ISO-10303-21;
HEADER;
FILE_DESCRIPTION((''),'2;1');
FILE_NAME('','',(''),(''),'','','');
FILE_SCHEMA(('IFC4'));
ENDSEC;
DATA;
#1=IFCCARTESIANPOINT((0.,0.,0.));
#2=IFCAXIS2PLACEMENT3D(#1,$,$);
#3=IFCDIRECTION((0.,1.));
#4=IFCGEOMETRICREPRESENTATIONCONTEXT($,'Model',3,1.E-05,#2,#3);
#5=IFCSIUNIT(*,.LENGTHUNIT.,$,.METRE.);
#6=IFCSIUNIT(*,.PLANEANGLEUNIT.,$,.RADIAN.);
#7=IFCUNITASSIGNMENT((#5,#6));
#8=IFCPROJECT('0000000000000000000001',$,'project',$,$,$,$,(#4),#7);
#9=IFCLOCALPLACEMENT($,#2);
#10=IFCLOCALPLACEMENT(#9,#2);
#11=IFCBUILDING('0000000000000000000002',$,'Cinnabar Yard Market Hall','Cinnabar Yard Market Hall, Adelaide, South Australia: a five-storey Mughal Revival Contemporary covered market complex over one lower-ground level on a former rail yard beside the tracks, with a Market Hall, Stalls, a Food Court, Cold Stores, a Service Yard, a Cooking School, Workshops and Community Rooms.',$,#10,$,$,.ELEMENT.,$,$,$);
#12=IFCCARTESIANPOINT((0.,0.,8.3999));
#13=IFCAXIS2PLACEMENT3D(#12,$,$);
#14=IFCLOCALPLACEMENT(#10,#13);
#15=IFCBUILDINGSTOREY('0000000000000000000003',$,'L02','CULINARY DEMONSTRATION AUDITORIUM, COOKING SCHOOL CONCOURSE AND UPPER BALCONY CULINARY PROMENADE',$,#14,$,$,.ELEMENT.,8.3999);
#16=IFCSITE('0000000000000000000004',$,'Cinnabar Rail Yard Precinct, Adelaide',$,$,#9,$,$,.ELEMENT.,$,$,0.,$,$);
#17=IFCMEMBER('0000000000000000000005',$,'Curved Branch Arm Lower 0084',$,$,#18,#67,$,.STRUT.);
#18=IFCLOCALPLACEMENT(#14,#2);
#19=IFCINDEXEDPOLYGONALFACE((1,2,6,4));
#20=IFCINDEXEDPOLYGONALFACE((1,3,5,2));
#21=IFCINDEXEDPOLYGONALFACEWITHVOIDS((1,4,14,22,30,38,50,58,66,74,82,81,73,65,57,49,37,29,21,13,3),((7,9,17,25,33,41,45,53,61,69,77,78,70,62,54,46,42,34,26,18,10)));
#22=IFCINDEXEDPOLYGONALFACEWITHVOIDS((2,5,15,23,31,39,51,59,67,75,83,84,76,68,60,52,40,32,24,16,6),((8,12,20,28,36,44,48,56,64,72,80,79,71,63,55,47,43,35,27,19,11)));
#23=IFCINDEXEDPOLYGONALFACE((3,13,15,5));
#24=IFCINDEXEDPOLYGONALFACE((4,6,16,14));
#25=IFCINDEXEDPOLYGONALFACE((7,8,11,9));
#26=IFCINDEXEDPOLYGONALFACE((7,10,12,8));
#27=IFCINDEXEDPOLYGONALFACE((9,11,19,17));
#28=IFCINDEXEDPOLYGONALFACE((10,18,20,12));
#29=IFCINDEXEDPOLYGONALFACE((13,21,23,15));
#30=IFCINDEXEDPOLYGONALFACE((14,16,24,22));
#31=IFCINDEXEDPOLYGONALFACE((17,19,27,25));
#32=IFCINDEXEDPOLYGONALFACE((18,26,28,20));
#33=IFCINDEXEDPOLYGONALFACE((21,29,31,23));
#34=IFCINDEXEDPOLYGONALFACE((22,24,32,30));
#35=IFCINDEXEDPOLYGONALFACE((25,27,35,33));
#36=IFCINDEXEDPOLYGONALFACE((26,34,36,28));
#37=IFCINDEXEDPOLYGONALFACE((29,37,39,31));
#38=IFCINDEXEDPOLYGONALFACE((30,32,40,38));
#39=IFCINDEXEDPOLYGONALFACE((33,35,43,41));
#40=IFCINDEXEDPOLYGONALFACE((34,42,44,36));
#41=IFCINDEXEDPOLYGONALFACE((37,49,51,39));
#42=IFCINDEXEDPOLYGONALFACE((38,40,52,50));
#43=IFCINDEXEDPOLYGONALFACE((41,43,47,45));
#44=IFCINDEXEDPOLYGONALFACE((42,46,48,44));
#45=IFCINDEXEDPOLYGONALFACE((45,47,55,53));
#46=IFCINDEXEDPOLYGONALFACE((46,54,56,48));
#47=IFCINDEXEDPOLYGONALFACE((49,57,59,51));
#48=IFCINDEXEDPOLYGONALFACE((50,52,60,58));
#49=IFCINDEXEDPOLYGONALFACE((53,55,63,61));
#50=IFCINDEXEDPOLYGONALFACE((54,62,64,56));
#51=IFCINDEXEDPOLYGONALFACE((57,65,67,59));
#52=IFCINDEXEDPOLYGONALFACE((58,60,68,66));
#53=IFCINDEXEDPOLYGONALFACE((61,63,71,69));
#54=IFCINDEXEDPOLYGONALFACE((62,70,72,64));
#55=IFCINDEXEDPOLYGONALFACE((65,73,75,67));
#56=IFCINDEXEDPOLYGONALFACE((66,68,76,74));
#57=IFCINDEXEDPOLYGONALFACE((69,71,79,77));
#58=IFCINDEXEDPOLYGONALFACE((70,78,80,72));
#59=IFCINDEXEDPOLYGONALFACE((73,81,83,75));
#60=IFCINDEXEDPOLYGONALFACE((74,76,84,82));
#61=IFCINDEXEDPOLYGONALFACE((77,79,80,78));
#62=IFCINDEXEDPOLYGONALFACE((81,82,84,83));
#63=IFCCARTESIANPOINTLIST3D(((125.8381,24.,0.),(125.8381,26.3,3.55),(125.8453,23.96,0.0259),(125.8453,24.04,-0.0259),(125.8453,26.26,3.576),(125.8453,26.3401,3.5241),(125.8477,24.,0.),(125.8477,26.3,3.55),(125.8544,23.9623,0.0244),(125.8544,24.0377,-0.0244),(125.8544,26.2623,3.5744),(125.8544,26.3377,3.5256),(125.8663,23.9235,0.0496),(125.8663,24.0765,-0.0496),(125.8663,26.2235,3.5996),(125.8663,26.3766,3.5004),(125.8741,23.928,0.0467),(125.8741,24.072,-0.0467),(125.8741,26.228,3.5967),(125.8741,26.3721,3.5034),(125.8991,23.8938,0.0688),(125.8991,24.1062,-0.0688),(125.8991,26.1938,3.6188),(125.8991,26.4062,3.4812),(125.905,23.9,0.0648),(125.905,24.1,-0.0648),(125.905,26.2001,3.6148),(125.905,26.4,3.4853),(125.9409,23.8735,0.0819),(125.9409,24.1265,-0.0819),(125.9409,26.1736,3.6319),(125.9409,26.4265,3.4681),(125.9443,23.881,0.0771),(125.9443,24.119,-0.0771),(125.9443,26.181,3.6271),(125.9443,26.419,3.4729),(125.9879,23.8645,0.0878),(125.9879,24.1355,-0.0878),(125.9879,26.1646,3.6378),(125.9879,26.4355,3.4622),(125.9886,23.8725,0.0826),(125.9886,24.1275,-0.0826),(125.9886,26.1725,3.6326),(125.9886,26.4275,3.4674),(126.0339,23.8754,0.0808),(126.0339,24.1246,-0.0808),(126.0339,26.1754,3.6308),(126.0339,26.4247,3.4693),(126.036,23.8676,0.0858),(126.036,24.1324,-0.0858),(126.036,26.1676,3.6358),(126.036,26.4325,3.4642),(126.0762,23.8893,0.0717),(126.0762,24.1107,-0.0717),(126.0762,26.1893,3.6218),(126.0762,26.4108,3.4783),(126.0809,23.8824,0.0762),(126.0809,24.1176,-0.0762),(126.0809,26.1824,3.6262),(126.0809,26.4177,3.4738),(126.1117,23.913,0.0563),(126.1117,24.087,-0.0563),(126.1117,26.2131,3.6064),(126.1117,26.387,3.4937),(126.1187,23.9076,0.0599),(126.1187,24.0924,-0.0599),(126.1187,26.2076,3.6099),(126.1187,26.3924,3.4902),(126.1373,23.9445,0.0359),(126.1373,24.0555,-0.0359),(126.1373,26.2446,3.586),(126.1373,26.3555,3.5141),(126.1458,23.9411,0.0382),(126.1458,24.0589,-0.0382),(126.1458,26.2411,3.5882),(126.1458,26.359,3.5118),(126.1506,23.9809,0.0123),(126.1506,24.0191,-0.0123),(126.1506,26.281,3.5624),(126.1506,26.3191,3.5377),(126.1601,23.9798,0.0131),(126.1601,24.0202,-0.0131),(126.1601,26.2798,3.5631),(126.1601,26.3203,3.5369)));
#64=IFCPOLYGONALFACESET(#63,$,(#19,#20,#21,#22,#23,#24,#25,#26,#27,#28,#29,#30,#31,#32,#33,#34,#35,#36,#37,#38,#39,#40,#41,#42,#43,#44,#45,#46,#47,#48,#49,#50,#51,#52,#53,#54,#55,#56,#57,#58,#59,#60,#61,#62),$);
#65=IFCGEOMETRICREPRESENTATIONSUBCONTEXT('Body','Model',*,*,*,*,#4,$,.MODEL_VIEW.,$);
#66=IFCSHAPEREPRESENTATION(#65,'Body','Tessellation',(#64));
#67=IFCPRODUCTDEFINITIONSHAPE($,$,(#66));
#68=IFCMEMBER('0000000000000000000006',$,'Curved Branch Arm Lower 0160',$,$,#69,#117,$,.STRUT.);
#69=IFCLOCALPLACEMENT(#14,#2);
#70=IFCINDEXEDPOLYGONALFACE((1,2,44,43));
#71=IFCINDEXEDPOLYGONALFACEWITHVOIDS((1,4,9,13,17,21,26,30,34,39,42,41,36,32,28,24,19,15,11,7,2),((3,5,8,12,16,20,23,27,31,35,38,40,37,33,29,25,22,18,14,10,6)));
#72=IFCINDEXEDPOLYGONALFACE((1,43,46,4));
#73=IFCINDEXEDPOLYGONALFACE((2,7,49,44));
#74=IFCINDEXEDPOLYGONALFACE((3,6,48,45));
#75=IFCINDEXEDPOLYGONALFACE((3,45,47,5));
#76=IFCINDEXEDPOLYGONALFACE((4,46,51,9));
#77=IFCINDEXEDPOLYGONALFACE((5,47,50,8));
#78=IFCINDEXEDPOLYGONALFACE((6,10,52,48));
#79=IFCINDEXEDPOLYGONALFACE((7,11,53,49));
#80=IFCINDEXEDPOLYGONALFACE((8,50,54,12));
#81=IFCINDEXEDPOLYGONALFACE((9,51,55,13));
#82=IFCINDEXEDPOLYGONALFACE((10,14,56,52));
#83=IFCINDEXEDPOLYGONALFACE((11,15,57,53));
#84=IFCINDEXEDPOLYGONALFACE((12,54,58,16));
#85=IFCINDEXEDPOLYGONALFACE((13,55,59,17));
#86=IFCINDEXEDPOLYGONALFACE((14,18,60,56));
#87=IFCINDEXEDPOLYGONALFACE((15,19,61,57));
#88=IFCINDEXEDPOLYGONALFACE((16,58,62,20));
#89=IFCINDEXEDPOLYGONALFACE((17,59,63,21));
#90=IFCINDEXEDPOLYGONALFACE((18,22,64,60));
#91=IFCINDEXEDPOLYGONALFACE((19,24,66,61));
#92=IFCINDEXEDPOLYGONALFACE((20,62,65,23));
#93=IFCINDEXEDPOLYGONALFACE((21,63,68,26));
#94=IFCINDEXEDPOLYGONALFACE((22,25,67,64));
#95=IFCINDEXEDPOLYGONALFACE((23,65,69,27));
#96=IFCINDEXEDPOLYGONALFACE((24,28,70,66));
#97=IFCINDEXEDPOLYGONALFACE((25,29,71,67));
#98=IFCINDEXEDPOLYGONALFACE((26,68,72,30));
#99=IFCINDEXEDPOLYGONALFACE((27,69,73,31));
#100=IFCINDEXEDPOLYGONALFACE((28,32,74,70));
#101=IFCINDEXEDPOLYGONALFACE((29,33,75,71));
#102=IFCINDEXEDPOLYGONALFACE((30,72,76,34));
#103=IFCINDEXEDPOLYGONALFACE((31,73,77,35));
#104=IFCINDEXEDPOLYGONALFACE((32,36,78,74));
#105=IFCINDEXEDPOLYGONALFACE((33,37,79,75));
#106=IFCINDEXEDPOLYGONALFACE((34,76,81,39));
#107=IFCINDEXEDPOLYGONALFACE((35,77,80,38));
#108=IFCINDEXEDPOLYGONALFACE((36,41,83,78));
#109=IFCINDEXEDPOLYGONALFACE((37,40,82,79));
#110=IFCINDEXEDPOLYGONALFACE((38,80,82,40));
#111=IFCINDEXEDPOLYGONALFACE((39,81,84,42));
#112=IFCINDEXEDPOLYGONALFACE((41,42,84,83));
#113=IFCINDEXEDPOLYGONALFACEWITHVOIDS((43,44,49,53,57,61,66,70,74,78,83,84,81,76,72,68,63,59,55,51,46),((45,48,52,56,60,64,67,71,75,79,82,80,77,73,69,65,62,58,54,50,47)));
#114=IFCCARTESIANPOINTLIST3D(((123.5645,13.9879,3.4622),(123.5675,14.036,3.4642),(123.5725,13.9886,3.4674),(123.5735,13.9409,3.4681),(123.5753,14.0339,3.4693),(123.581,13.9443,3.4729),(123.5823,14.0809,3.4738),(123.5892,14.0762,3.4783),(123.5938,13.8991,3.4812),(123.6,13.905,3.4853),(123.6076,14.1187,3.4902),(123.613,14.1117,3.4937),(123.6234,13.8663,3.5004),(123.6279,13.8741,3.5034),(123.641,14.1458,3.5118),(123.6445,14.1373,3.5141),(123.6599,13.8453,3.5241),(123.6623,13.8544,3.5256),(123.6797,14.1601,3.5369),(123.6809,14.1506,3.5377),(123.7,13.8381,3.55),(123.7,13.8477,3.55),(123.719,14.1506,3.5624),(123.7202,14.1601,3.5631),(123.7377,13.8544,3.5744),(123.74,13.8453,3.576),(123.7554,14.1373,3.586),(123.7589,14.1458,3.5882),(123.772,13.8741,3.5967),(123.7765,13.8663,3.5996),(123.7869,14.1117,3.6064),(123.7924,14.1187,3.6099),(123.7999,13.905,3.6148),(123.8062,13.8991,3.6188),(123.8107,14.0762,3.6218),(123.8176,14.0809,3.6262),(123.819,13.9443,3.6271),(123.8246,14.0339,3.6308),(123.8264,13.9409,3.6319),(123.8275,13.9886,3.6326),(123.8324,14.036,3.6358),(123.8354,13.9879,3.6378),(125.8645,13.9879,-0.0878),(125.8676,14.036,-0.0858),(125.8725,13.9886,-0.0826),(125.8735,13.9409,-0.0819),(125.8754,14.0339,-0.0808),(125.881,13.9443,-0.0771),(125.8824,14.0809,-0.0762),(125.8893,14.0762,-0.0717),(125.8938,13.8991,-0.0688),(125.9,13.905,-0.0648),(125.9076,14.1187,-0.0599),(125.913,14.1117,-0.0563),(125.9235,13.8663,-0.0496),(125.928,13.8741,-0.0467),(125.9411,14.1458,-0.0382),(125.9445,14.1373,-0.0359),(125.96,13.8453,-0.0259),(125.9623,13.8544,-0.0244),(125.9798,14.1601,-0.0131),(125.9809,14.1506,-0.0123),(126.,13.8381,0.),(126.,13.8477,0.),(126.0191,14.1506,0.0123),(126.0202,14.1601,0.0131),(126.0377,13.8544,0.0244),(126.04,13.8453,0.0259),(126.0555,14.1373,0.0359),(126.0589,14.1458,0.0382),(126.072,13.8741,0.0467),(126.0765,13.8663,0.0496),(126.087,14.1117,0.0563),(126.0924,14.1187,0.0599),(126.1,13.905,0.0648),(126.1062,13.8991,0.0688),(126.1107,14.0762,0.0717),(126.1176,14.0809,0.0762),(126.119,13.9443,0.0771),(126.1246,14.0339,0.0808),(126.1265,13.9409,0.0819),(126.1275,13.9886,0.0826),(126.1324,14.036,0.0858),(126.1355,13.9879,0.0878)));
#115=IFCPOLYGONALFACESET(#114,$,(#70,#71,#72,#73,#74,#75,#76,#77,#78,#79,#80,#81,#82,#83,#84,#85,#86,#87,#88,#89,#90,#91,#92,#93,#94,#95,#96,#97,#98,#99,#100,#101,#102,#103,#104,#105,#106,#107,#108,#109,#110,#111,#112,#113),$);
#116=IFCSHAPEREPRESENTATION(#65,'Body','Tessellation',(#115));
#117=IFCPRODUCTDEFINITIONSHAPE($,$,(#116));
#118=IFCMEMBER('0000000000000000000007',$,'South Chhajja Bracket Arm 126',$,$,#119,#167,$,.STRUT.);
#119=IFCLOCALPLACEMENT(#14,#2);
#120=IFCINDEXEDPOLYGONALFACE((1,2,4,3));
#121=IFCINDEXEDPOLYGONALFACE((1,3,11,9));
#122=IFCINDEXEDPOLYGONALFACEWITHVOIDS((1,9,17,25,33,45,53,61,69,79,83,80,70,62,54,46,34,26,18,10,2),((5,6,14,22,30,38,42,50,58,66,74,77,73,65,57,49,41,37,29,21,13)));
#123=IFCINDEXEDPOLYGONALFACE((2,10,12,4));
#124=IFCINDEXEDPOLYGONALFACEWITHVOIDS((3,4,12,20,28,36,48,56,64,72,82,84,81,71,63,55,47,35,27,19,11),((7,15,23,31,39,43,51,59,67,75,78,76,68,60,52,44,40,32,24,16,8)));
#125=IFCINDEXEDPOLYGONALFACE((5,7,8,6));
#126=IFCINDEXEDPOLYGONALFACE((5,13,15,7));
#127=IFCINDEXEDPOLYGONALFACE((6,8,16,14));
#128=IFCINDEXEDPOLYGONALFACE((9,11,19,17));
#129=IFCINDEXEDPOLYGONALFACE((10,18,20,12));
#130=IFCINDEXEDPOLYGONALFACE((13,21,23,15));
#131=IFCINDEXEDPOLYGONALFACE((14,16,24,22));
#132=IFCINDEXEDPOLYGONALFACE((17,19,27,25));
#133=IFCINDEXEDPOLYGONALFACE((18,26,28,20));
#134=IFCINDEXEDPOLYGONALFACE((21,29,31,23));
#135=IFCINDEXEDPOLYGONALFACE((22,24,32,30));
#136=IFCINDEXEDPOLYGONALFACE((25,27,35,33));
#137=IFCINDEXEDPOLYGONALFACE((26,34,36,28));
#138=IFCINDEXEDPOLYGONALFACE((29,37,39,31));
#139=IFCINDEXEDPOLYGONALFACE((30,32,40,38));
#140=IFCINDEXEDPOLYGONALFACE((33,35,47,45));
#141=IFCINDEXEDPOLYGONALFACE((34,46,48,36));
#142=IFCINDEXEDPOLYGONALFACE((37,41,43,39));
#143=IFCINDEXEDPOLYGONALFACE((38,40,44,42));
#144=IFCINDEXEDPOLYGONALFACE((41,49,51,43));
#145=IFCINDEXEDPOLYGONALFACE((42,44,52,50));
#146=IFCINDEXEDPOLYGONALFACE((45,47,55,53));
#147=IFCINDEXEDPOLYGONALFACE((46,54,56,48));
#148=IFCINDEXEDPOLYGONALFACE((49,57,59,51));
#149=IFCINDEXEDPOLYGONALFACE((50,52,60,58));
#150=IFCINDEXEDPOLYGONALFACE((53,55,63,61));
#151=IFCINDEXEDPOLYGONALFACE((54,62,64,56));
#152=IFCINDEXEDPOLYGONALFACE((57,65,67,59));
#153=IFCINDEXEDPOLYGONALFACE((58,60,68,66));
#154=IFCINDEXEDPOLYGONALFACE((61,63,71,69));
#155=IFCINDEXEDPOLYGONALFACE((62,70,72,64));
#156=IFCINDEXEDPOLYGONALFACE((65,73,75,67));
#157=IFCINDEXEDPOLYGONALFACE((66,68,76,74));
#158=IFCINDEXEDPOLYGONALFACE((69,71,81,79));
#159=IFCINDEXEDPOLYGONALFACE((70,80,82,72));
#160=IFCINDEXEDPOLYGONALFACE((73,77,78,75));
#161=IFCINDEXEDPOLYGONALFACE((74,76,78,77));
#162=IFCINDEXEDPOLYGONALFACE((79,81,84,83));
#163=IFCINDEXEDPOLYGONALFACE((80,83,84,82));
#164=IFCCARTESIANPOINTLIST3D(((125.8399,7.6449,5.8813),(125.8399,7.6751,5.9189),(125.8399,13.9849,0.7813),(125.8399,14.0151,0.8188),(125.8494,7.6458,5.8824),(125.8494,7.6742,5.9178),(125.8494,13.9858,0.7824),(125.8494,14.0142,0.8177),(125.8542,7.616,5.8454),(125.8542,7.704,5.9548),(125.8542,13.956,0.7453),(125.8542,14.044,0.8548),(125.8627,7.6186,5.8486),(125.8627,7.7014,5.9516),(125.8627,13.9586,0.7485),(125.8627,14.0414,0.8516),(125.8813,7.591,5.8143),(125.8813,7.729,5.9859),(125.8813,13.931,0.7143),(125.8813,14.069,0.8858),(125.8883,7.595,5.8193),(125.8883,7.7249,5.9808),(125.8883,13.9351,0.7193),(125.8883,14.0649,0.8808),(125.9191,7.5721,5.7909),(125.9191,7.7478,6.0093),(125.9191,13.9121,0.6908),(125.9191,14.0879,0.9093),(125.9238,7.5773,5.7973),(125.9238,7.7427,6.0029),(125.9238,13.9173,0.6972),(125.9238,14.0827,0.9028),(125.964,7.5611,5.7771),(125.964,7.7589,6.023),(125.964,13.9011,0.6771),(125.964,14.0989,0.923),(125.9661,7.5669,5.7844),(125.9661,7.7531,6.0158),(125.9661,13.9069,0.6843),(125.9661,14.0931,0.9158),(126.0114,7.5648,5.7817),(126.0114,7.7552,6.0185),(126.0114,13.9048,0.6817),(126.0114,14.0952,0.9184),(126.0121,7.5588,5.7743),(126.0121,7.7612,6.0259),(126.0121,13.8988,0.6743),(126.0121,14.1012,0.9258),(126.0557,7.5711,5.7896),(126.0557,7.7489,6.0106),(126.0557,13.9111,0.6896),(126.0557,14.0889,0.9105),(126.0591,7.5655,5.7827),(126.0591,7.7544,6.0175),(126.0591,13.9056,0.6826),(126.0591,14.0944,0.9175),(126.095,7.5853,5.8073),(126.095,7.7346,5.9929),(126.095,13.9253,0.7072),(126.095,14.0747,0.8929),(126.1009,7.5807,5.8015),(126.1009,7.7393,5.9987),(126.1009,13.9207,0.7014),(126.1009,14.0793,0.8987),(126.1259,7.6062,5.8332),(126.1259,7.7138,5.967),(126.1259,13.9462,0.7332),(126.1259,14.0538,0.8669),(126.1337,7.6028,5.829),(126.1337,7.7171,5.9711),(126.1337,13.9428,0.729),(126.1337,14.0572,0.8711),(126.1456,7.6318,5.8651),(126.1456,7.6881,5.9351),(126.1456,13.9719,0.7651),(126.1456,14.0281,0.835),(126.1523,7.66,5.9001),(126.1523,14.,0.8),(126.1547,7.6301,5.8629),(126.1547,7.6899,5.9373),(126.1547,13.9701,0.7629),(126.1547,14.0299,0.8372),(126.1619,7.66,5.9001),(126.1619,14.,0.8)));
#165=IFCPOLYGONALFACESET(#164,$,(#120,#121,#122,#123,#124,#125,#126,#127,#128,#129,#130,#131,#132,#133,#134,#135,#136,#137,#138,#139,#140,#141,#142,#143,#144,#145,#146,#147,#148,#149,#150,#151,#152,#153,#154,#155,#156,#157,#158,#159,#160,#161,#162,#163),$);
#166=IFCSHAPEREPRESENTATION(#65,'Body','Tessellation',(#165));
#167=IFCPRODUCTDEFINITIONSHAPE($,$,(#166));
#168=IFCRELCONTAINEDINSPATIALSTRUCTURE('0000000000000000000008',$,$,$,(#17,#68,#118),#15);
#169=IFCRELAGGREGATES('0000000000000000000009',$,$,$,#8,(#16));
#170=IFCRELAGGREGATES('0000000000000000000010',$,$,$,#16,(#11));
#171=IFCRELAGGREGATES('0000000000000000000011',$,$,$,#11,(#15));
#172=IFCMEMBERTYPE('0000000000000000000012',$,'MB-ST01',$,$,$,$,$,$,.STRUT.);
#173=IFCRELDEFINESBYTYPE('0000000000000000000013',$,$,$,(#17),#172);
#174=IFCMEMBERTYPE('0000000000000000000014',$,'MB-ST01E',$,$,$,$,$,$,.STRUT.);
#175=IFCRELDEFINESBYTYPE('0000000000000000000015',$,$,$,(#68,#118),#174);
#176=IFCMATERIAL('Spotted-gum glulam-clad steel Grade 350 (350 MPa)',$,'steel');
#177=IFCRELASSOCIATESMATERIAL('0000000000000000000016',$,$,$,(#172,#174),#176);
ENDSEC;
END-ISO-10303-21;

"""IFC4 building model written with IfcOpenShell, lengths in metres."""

from ifc_helpers import new_model, si_unit, direction, frame, origin, origin_2d_with_axis, place, context, subcontext, project, spatial, hollow_circle, extrude, material, material_profile, profile_set, type_object, element, save


model = new_model("IFC4")

# Units and contexts
model_context = context("Model", 3, precision=1e-05, world=origin(), true_north=direction((0.0, 1.0)))
body_context = subcontext(model_context, "Body", "Model", "MODEL_VIEW")
ifc_project = project(units=[si_unit("LENGTHUNIT", "METRE"), si_unit("PLANEANGLEUNIT", "RADIAN")], contexts=[model_context])

# Site, building, storey
site_placement = place(None, origin())
site = spatial("IfcSite", under=ifc_project, at=site_placement, Name="Cinnabar Rail Yard Precinct, Adelaide", CompositionType="ELEMENT", RefElevation=0.0)
building_placement = place(site_placement, origin())
building = spatial("IfcBuilding", under=site, at=building_placement, Name="Cinnabar Yard Market Hall", Description="Cinnabar Yard Market Hall, Adelaide, South Australia: a five-storey Mughal Revival Contemporary covered market complex over one lower-ground level on a former rail yard beside the tracks, with a Market Hall, Stalls, a Food Court, Cold Stores, a Service Yard, a Cooking School, Workshops and Community Rooms.", CompositionType="ELEMENT")
storey_placement = place(building_placement, frame((0.0, 0.0, 8.3999)))
storey = spatial("IfcBuildingStorey", under=building, at=storey_placement, Name="L02", Description="CULINARY DEMONSTRATION AUDITORIUM, COOKING SCHOOL CONCOURSE AND UPPER BALCONY CULINARY PROMENADE", CompositionType="ELEMENT", Elevation=8.3999)

# Shared definitions
ifc_material_1 = material(Name="Spotted-gum glulam-clad steel Grade 350 (350 MPa)", Category="steel")

# Members
ifc_material_profile_1 = material_profile(ifc_material_1, hollow_circle(Radius=0.1619, WallThickness=0.0095, at=origin_2d_with_axis()), Name="323.9x9.5CHS")
ifc_profile_set_1 = profile_set([ifc_material_profile_1], Name="Spotted-gum glulam-clad steel Grade 350 (350 MPa)")
member_type_1 = type_object("IfcMemberType", Name="MB-ST01", PredefinedType="STRUT", material=ifc_profile_set_1)
for number, where, z_axis, x_axis, name in (
    (1, (126.0, 24.0, 0.0), (0.0, 0.543744, 0.839251), (-1.0, 0.0, 0.0), "Curved Branch Arm Lower 0084"),
):
    element("IfcMember", number, at=place(storey_placement, frame(where, z_axis=z_axis, x_axis=x_axis)), inside=storey, type_object=member_type_1, Name=name, PredefinedType="STRUT", context=body_context, shape_type="SweptSolid", body=[
        extrude(hollow_circle(Radius=0.1619, WallThickness=0.0095, at=origin_2d_with_axis()), origin(), (0.0, 0.0, 1.0), 4.23),
    ])
ifc_material_profile_2 = material_profile(ifc_material_1, hollow_circle(Radius=0.1619, WallThickness=0.0095, at=origin_2d_with_axis()), Name="323.9x9.5CHS")
ifc_profile_set_2 = profile_set([ifc_material_profile_2], Name="Spotted-gum glulam-clad steel Grade 350 (350 MPa)")
member_type_2 = type_object("IfcMemberType", Name="MB-ST01E", PredefinedType="STRUT", material=ifc_profile_set_2)
member_1_placement = place(storey_placement, frame((126.0, 14.0, 0.0), z_axis=(-0.543744, 0.0, 0.839251), x_axis=(0.0, -1.0, 0.0)))
element("IfcMember", 2, at=member_1_placement, inside=storey, type_object=member_type_2, Name="Curved Branch Arm Lower 0160", PredefinedType="STRUT", context=body_context, shape_type="SweptSolid", body=[
    extrude(hollow_circle(Radius=0.1619, WallThickness=0.0095, at=origin_2d_with_axis()), origin(), (0.0, 0.0, 1.0), 4.23),
])
member_2_placement = place(storey_placement, frame((126.0, 14.0, 0.8), z_axis=(0.0, -0.779186, 0.626793), x_axis=(1.0, 0.0, 0.0)))
element("IfcMember", 3, at=member_2_placement, inside=storey, type_object=member_type_2, Name="South Chhajja Bracket Arm 126", PredefinedType="STRUT", context=body_context, shape_type="SweptSolid", body=[
    extrude(hollow_circle(Radius=0.1619, WallThickness=0.0095, at=origin_2d_with_axis()), origin(), (0.0, 0.0, 1.0), 8.1367),
])

save(model, "model.ifc")
